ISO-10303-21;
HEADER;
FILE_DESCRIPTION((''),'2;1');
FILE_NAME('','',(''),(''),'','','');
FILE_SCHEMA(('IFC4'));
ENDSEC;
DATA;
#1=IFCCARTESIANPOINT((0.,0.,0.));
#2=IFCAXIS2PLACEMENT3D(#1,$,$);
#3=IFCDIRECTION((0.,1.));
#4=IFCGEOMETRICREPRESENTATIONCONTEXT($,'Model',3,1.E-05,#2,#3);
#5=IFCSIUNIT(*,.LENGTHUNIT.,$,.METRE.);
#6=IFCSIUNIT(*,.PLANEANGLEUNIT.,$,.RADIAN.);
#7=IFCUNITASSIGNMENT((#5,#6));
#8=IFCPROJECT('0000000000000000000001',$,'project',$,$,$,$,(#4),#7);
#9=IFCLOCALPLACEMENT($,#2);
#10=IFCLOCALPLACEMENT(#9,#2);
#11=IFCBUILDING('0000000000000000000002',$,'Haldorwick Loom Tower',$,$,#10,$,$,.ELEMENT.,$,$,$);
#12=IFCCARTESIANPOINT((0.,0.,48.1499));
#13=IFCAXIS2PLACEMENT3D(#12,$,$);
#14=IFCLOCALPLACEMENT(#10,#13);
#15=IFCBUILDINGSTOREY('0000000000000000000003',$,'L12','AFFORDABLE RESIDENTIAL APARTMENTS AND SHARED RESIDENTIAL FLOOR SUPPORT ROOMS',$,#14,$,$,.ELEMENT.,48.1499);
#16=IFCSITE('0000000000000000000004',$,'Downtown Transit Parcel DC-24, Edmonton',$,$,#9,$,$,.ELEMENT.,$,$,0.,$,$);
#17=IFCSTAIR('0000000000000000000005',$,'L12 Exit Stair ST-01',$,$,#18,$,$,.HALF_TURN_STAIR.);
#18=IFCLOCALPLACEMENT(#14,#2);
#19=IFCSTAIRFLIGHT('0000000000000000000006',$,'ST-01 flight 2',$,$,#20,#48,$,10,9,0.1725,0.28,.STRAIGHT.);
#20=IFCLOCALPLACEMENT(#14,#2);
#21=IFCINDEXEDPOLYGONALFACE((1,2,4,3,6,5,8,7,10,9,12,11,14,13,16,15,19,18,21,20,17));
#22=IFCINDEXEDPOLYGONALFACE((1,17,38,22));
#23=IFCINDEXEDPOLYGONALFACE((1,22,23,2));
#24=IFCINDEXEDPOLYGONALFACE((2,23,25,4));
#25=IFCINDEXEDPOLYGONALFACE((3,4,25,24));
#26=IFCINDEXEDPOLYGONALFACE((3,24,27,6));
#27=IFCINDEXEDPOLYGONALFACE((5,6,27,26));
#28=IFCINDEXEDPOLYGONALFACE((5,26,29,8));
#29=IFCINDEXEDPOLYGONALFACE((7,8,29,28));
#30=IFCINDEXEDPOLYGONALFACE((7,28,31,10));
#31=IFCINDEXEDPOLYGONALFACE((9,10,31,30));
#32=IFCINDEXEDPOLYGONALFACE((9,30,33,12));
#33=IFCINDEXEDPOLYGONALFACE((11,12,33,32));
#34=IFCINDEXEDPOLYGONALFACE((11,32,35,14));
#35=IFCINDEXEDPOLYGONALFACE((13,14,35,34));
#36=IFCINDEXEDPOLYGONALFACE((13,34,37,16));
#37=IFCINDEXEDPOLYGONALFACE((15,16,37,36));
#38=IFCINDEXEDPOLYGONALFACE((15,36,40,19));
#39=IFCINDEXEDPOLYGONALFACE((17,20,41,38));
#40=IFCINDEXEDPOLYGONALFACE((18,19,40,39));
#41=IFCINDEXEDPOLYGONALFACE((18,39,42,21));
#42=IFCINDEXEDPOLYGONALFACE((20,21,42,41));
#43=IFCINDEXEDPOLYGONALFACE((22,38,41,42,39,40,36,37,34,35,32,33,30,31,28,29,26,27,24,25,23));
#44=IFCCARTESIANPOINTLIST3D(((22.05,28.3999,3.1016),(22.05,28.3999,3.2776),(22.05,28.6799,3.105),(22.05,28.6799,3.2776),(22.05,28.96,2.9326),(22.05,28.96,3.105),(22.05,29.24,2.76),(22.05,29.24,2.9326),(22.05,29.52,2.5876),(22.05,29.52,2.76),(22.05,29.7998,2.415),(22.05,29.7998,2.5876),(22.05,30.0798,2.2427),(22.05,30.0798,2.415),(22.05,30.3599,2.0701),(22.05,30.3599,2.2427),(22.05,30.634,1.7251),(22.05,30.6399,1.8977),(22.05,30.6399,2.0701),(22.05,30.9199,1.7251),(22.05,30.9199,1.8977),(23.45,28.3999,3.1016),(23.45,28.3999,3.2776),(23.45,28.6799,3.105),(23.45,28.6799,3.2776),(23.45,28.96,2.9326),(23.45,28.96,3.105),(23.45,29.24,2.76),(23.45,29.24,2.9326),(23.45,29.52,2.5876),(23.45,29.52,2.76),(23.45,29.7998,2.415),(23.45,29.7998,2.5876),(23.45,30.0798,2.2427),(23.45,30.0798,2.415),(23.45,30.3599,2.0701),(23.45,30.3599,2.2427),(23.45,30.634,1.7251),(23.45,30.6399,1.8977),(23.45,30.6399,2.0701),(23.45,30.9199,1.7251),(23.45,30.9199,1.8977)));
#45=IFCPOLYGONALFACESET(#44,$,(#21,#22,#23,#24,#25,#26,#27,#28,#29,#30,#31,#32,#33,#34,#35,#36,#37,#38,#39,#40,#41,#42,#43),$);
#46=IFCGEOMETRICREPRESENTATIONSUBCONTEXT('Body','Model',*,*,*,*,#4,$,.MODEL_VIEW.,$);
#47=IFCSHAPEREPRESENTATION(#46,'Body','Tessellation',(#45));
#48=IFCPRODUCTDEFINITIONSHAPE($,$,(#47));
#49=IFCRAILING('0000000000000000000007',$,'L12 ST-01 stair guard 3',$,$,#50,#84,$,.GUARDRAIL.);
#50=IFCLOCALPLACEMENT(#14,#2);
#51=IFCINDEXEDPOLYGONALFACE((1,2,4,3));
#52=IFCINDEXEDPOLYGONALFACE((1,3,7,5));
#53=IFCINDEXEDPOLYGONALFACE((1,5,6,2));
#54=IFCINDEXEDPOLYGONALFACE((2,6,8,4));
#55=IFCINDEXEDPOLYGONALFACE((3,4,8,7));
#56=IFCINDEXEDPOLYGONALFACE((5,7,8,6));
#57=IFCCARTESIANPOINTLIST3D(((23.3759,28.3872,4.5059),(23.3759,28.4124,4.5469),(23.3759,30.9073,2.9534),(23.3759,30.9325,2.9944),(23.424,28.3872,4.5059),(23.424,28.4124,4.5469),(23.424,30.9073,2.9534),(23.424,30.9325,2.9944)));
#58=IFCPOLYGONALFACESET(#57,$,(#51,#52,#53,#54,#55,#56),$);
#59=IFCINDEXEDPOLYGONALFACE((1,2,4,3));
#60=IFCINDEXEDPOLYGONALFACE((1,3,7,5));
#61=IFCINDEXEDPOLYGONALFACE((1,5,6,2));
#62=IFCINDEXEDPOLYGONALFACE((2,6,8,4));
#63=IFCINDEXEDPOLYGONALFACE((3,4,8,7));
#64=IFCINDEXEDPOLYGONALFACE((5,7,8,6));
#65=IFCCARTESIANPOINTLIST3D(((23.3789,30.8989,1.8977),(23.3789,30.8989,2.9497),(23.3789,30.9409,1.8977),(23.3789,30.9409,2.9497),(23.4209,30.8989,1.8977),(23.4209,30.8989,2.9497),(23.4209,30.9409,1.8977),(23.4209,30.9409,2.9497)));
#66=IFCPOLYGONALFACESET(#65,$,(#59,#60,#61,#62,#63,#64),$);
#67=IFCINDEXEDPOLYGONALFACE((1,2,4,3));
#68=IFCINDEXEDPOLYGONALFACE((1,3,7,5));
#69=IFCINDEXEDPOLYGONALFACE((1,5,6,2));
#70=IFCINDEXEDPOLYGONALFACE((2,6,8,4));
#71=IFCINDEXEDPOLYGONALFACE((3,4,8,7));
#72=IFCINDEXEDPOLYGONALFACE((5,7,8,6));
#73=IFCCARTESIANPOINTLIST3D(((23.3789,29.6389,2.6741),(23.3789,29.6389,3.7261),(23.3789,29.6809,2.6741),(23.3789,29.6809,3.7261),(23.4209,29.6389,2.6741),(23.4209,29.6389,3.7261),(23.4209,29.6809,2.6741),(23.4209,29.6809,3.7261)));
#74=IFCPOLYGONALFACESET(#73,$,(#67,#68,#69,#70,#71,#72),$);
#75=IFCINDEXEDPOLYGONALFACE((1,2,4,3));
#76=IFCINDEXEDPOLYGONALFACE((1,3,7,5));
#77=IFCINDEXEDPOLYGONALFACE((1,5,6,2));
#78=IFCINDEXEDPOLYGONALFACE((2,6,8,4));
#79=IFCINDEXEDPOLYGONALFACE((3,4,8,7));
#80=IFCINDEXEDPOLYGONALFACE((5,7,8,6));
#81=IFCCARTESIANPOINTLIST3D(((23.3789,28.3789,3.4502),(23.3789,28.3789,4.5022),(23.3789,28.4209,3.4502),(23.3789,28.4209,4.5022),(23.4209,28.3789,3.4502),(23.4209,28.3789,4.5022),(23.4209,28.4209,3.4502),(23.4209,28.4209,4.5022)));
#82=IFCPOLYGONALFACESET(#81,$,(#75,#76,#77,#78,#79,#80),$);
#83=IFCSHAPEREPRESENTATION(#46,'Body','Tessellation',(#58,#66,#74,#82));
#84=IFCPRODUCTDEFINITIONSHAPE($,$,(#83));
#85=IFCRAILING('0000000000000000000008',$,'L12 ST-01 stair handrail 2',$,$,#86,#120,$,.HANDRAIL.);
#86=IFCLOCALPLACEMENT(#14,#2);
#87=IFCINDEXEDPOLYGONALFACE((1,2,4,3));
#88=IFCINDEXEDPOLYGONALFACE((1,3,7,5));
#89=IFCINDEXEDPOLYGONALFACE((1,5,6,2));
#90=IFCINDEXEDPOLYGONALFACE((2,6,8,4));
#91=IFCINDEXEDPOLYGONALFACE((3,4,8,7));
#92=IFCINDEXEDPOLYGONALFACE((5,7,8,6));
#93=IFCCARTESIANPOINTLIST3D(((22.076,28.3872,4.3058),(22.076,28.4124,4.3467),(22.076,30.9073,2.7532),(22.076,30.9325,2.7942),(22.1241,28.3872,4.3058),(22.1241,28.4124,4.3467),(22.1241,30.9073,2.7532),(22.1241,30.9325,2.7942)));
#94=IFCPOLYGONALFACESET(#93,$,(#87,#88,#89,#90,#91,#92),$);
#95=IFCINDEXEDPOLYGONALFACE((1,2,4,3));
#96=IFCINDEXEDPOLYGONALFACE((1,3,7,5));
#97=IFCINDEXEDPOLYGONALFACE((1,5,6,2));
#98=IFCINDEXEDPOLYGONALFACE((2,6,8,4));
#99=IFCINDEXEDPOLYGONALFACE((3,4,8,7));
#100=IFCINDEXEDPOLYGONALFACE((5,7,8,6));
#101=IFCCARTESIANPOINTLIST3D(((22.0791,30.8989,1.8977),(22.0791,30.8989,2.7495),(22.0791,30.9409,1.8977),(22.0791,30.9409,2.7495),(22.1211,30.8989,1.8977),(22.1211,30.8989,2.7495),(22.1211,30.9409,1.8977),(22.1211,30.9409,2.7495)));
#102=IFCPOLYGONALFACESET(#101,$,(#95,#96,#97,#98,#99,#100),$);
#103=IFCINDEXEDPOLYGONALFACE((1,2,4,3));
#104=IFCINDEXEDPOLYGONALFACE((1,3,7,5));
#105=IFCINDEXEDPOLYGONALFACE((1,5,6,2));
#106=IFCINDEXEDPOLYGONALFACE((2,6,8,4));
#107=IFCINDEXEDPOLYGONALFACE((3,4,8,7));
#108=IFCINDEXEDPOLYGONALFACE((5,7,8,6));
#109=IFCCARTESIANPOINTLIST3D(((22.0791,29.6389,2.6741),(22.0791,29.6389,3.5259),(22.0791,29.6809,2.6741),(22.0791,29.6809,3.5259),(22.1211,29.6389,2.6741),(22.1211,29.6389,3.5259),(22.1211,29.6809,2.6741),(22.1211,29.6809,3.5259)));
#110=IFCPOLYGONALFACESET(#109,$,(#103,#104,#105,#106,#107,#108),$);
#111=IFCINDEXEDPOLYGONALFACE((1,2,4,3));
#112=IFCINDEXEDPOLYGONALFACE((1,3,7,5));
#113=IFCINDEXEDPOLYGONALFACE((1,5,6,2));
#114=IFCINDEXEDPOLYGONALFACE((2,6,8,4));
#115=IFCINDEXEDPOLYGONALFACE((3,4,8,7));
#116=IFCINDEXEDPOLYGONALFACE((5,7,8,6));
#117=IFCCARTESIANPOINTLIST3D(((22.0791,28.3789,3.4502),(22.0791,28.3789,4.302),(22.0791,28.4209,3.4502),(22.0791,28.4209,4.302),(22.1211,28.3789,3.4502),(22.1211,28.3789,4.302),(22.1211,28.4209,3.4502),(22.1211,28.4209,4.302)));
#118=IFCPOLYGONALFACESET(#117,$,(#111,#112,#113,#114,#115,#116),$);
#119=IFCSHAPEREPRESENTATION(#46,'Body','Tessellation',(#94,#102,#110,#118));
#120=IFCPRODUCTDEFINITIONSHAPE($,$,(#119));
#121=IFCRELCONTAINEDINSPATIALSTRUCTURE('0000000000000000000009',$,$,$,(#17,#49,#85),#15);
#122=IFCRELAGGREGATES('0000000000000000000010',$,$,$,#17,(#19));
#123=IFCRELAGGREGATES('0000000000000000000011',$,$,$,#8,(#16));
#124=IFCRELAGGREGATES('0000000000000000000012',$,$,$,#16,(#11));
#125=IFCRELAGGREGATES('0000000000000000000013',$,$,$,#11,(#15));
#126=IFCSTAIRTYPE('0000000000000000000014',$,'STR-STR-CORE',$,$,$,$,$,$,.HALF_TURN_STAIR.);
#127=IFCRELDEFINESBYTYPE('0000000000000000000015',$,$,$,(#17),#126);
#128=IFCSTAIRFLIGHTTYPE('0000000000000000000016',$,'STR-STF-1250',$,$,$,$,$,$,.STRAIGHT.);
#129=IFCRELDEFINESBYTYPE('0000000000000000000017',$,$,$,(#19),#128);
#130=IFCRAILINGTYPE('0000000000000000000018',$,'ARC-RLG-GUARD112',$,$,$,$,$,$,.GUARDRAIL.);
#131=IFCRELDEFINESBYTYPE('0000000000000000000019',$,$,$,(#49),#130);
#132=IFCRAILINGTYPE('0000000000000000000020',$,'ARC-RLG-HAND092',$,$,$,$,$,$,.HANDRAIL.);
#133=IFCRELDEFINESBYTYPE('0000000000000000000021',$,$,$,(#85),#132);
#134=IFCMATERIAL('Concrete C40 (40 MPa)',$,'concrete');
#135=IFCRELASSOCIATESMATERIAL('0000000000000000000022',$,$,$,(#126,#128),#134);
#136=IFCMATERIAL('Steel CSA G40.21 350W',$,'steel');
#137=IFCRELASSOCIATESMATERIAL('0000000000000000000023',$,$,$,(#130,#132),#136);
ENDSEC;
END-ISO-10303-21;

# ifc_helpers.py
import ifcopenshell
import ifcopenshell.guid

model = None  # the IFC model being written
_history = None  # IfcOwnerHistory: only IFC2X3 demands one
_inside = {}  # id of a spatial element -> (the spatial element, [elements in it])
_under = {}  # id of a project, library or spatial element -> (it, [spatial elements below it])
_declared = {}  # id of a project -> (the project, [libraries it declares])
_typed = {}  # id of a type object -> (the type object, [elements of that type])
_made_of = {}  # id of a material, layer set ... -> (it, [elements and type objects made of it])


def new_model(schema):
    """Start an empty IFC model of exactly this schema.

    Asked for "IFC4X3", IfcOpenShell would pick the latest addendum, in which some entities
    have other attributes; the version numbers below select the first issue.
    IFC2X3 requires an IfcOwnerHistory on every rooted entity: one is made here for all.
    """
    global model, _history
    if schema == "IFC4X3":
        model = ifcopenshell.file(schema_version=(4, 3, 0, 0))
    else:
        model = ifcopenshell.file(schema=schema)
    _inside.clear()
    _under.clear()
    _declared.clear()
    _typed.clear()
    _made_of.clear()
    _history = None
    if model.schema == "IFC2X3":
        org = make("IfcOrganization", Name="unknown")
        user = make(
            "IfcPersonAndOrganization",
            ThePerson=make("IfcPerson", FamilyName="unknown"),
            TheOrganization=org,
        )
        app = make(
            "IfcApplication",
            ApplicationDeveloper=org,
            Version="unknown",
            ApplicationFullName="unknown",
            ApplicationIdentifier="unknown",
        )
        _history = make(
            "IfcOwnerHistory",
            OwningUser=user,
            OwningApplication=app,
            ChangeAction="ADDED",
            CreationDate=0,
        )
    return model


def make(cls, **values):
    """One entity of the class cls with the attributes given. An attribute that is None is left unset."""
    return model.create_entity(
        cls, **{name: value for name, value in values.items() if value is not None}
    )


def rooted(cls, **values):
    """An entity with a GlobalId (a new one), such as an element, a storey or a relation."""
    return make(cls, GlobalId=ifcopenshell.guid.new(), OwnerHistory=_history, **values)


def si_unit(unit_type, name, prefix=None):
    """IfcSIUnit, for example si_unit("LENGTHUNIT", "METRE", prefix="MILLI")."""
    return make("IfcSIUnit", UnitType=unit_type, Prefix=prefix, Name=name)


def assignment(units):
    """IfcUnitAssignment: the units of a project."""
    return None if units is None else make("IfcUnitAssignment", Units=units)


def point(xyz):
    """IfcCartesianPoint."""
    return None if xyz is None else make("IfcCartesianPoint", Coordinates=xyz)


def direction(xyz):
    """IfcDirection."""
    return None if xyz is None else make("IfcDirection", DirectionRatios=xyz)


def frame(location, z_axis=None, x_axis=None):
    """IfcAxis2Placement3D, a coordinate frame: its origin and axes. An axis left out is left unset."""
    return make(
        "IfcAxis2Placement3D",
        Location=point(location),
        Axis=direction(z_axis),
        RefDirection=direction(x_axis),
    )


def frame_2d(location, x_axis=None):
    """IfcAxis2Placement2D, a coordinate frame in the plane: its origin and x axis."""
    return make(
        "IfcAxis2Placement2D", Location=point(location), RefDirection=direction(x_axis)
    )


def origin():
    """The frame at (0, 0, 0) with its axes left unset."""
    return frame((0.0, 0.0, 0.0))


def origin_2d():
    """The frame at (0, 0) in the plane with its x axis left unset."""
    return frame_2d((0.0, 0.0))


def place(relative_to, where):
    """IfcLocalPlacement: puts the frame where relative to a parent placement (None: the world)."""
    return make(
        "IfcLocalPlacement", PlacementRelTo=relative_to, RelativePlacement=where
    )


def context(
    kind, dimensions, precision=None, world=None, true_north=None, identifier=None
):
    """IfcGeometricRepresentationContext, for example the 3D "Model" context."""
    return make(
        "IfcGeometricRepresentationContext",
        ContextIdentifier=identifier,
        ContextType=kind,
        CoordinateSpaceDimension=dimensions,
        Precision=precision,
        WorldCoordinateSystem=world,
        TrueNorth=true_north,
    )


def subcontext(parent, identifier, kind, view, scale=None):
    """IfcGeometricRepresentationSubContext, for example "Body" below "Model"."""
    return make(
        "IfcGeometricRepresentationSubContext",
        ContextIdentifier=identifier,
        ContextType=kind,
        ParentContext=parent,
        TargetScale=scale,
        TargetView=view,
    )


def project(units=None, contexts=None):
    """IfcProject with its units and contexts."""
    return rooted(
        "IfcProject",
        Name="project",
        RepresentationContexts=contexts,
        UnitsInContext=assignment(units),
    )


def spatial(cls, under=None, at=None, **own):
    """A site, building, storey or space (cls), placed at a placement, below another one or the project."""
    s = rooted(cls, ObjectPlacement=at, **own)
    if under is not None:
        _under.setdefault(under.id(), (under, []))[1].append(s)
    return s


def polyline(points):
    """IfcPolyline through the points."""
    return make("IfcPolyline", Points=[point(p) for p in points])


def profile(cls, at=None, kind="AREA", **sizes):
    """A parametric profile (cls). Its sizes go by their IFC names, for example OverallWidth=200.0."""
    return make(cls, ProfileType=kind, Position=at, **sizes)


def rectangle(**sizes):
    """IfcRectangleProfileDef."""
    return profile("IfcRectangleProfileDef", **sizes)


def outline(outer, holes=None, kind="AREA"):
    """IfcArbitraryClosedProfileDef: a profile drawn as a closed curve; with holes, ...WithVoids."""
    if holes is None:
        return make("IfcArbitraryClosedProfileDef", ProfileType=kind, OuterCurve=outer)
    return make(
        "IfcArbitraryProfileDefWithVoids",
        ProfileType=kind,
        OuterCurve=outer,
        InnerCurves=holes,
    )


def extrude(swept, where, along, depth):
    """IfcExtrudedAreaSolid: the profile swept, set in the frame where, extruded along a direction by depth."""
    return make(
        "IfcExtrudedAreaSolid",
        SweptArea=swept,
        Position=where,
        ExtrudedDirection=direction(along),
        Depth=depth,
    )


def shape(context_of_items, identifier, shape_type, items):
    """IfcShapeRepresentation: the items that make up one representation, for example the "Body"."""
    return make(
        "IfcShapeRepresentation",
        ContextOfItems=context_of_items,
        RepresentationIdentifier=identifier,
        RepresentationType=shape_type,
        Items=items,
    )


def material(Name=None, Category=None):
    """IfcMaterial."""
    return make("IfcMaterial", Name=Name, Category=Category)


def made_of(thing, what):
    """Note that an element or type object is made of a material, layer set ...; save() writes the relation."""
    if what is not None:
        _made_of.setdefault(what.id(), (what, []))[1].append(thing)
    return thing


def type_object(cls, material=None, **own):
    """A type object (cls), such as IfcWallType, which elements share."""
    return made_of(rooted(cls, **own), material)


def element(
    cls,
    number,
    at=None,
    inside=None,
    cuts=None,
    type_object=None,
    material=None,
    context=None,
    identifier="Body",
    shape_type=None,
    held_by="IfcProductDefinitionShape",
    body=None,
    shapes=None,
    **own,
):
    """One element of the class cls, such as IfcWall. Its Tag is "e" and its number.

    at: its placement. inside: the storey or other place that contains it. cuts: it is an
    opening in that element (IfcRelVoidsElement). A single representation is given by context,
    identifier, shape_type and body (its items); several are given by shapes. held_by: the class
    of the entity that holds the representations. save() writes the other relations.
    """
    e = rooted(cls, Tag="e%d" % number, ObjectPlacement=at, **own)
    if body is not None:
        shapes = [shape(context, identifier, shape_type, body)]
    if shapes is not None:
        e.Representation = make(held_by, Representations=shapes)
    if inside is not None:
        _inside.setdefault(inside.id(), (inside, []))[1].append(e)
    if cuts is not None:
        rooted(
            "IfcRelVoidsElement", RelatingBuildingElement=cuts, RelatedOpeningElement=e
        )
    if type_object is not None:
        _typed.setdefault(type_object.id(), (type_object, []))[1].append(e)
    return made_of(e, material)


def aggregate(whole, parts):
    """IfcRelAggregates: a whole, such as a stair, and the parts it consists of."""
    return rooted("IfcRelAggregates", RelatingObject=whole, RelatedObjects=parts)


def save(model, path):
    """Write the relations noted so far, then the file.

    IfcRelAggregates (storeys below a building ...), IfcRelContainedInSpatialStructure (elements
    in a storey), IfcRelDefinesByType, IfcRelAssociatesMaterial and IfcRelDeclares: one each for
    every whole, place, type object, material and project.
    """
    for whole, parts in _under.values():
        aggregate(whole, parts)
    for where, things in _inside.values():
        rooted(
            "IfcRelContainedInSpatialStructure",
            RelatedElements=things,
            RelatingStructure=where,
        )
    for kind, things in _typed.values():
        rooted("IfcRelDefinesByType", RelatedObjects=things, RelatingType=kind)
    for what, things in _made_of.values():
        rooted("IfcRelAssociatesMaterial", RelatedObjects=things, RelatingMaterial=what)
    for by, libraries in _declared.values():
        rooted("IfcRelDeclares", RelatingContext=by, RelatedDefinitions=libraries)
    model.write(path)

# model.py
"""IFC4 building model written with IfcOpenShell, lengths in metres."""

from ifc_helpers import new_model, si_unit, direction, frame, origin, origin_2d, place, context, subcontext, project, spatial, polyline, rectangle, outline, extrude, material, type_object, element, aggregate, save


model = new_model("IFC4")

# Units and contexts
model_context = context("Model", 3, precision=1e-05, world=origin(), true_north=direction((0.0, 1.0)))
body_context = subcontext(model_context, "Body", "Model", "MODEL_VIEW")
ifc_project = project(units=[si_unit("LENGTHUNIT", "METRE"), si_unit("PLANEANGLEUNIT", "RADIAN")], contexts=[model_context])

# Site, building, storey
site_placement = place(None, origin())
site = spatial("IfcSite", under=ifc_project, at=site_placement, Name="Downtown Transit Parcel DC-24, Edmonton", CompositionType="ELEMENT", RefElevation=0.0)
building_placement = place(site_placement, origin())
building = spatial("IfcBuilding", under=site, at=building_placement, Name="Haldorwick Loom Tower", CompositionType="ELEMENT")
storey_placement = place(building_placement, frame((0.0, 0.0, 48.1499)))
storey = spatial("IfcBuildingStorey", under=building, at=storey_placement, Name="L12", Description="AFFORDABLE RESIDENTIAL APARTMENTS AND SHARED RESIDENTIAL FLOOR SUPPORT ROOMS", CompositionType="ELEMENT", Elevation=48.1499)

# Shared definitions
ifc_material_1 = material(Name="Steel CSA G40.21 350W", Category="steel")

# Stair, stair flight
ifc_material_2 = material(Name="Concrete C40 (40 MPa)", Category="concrete")
stair_type = type_object("IfcStairType", Name="STR-STR-CORE", PredefinedType="HALF_TURN_STAIR", material=ifc_material_2)
stair_placement = place(storey_placement, origin())
stair = element("IfcStair", 1, at=stair_placement, inside=storey, type_object=stair_type, Name="L12 Exit Stair ST-01", PredefinedType="HALF_TURN_STAIR")
stair_flight_type = type_object("IfcStairFlightType", Name="STR-STF-1250", PredefinedType="STRAIGHT", material=ifc_material_2)
stair_flight_placement = place(storey_placement, frame((22.75, 30.9199, 1.7251), z_axis=(0.0, 0.0, 1.0), x_axis=(0.0, -1.0, 0.0)))
stair_flight = element("IfcStairFlight", 2, at=stair_flight_placement, type_object=stair_flight_type, Name="ST-01 flight 2", NumberOfRisers=10, NumberOfTreads=9, PredefinedType="STRAIGHT", RiserHeight=0.1725, TreadLength=0.28, context=body_context, shape_type="SweptSolid", body=[
    extrude(outline(polyline([(0.0, 0.0), (0.0, 0.1726), (0.28, 0.1726), (0.28, 0.345), (0.5601, 0.345), (0.5601, 0.5176), (0.8401, 0.5176), (0.8401, 0.6899), (1.1201, 0.6899), (1.1201, 0.8625), (1.3999, 0.8625), (1.3999, 1.0349), (1.6799, 1.0349), (1.6799, 1.2075), (1.96, 1.2075), (1.96, 1.3799), (2.24, 1.3799), (2.24, 1.5525), (2.52, 1.5525), (2.52, 1.7251), (2.52, 1.3765), (0.2859, 0.0), (0.0, 0.0)])), frame((0.0, 0.7, 0.0), z_axis=(0.0, -1.0, 0.0), x_axis=(1.0, 0.0, 0.0)), (0.0, 0.0, 1.0), 1.3999),
])
aggregate(stair, [stair_flight])

# Railings
railing_type_1 = type_object("IfcRailingType", Name="ARC-RLG-GUARD112", PredefinedType="GUARDRAIL", material=ifc_material_1)
railing_1_placement = place(storey_placement, frame((23.3999, 30.9199, 1.8977)))
element("IfcRailing", 3, at=railing_1_placement, inside=storey, type_object=railing_type_1, Name="L12 ST-01 stair guard 3", PredefinedType="GUARDRAIL", context=body_context, shape_type="SweptSolid", body=[
    extrude(rectangle(XDim=0.0481, YDim=0.0481, at=origin_2d()), frame((0.0, 0.0, 1.0762), z_axis=(0.0, -0.8514, 0.524516), x_axis=(1.0, 0.0, 0.0)), (0.0, 0.0, 1.0), 2.96),
    extrude(rectangle(XDim=0.042, YDim=0.042, at=origin_2d()), origin(), (0.0, 0.0, 1.0), 1.052),
    extrude(rectangle(XDim=0.042, YDim=0.042, at=origin_2d()), frame((0.0, -1.26, 0.7764)), (0.0, 0.0, 1.0), 1.052),
    extrude(rectangle(XDim=0.042, YDim=0.042, at=origin_2d()), frame((0.0, -2.52, 1.5525)), (0.0, 0.0, 1.0), 1.052),
])
railing_type_2 = type_object("IfcRailingType", Name="ARC-RLG-HAND092", PredefinedType="HANDRAIL", material=ifc_material_1)
railing_2_placement = place(storey_placement, frame((22.1001, 30.9199, 1.8977)))
element("IfcRailing", 4, at=railing_2_placement, inside=storey, type_object=railing_type_2, Name="L12 ST-01 stair handrail 2", PredefinedType="HANDRAIL", context=body_context, shape_type="SweptSolid", body=[
    extrude(rectangle(XDim=0.0481, YDim=0.0481, at=origin_2d()), frame((0.0, 0.0, 0.876), z_axis=(0.0, -0.8514, 0.524516), x_axis=(1.0, 0.0, 0.0)), (0.0, 0.0, 1.0), 2.96),
    extrude(rectangle(XDim=0.042, YDim=0.042, at=origin_2d()), origin(), (0.0, 0.0, 1.0), 0.8518),
    extrude(rectangle(XDim=0.042, YDim=0.042, at=origin_2d()), frame((0.0, -1.26, 0.7764)), (0.0, 0.0, 1.0), 0.8518),
    extrude(rectangle(XDim=0.042, YDim=0.042, at=origin_2d()), frame((0.0, -2.52, 1.5525)), (0.0, 0.0, 1.0), 0.8518),
])

save(model, "model.ifc")
